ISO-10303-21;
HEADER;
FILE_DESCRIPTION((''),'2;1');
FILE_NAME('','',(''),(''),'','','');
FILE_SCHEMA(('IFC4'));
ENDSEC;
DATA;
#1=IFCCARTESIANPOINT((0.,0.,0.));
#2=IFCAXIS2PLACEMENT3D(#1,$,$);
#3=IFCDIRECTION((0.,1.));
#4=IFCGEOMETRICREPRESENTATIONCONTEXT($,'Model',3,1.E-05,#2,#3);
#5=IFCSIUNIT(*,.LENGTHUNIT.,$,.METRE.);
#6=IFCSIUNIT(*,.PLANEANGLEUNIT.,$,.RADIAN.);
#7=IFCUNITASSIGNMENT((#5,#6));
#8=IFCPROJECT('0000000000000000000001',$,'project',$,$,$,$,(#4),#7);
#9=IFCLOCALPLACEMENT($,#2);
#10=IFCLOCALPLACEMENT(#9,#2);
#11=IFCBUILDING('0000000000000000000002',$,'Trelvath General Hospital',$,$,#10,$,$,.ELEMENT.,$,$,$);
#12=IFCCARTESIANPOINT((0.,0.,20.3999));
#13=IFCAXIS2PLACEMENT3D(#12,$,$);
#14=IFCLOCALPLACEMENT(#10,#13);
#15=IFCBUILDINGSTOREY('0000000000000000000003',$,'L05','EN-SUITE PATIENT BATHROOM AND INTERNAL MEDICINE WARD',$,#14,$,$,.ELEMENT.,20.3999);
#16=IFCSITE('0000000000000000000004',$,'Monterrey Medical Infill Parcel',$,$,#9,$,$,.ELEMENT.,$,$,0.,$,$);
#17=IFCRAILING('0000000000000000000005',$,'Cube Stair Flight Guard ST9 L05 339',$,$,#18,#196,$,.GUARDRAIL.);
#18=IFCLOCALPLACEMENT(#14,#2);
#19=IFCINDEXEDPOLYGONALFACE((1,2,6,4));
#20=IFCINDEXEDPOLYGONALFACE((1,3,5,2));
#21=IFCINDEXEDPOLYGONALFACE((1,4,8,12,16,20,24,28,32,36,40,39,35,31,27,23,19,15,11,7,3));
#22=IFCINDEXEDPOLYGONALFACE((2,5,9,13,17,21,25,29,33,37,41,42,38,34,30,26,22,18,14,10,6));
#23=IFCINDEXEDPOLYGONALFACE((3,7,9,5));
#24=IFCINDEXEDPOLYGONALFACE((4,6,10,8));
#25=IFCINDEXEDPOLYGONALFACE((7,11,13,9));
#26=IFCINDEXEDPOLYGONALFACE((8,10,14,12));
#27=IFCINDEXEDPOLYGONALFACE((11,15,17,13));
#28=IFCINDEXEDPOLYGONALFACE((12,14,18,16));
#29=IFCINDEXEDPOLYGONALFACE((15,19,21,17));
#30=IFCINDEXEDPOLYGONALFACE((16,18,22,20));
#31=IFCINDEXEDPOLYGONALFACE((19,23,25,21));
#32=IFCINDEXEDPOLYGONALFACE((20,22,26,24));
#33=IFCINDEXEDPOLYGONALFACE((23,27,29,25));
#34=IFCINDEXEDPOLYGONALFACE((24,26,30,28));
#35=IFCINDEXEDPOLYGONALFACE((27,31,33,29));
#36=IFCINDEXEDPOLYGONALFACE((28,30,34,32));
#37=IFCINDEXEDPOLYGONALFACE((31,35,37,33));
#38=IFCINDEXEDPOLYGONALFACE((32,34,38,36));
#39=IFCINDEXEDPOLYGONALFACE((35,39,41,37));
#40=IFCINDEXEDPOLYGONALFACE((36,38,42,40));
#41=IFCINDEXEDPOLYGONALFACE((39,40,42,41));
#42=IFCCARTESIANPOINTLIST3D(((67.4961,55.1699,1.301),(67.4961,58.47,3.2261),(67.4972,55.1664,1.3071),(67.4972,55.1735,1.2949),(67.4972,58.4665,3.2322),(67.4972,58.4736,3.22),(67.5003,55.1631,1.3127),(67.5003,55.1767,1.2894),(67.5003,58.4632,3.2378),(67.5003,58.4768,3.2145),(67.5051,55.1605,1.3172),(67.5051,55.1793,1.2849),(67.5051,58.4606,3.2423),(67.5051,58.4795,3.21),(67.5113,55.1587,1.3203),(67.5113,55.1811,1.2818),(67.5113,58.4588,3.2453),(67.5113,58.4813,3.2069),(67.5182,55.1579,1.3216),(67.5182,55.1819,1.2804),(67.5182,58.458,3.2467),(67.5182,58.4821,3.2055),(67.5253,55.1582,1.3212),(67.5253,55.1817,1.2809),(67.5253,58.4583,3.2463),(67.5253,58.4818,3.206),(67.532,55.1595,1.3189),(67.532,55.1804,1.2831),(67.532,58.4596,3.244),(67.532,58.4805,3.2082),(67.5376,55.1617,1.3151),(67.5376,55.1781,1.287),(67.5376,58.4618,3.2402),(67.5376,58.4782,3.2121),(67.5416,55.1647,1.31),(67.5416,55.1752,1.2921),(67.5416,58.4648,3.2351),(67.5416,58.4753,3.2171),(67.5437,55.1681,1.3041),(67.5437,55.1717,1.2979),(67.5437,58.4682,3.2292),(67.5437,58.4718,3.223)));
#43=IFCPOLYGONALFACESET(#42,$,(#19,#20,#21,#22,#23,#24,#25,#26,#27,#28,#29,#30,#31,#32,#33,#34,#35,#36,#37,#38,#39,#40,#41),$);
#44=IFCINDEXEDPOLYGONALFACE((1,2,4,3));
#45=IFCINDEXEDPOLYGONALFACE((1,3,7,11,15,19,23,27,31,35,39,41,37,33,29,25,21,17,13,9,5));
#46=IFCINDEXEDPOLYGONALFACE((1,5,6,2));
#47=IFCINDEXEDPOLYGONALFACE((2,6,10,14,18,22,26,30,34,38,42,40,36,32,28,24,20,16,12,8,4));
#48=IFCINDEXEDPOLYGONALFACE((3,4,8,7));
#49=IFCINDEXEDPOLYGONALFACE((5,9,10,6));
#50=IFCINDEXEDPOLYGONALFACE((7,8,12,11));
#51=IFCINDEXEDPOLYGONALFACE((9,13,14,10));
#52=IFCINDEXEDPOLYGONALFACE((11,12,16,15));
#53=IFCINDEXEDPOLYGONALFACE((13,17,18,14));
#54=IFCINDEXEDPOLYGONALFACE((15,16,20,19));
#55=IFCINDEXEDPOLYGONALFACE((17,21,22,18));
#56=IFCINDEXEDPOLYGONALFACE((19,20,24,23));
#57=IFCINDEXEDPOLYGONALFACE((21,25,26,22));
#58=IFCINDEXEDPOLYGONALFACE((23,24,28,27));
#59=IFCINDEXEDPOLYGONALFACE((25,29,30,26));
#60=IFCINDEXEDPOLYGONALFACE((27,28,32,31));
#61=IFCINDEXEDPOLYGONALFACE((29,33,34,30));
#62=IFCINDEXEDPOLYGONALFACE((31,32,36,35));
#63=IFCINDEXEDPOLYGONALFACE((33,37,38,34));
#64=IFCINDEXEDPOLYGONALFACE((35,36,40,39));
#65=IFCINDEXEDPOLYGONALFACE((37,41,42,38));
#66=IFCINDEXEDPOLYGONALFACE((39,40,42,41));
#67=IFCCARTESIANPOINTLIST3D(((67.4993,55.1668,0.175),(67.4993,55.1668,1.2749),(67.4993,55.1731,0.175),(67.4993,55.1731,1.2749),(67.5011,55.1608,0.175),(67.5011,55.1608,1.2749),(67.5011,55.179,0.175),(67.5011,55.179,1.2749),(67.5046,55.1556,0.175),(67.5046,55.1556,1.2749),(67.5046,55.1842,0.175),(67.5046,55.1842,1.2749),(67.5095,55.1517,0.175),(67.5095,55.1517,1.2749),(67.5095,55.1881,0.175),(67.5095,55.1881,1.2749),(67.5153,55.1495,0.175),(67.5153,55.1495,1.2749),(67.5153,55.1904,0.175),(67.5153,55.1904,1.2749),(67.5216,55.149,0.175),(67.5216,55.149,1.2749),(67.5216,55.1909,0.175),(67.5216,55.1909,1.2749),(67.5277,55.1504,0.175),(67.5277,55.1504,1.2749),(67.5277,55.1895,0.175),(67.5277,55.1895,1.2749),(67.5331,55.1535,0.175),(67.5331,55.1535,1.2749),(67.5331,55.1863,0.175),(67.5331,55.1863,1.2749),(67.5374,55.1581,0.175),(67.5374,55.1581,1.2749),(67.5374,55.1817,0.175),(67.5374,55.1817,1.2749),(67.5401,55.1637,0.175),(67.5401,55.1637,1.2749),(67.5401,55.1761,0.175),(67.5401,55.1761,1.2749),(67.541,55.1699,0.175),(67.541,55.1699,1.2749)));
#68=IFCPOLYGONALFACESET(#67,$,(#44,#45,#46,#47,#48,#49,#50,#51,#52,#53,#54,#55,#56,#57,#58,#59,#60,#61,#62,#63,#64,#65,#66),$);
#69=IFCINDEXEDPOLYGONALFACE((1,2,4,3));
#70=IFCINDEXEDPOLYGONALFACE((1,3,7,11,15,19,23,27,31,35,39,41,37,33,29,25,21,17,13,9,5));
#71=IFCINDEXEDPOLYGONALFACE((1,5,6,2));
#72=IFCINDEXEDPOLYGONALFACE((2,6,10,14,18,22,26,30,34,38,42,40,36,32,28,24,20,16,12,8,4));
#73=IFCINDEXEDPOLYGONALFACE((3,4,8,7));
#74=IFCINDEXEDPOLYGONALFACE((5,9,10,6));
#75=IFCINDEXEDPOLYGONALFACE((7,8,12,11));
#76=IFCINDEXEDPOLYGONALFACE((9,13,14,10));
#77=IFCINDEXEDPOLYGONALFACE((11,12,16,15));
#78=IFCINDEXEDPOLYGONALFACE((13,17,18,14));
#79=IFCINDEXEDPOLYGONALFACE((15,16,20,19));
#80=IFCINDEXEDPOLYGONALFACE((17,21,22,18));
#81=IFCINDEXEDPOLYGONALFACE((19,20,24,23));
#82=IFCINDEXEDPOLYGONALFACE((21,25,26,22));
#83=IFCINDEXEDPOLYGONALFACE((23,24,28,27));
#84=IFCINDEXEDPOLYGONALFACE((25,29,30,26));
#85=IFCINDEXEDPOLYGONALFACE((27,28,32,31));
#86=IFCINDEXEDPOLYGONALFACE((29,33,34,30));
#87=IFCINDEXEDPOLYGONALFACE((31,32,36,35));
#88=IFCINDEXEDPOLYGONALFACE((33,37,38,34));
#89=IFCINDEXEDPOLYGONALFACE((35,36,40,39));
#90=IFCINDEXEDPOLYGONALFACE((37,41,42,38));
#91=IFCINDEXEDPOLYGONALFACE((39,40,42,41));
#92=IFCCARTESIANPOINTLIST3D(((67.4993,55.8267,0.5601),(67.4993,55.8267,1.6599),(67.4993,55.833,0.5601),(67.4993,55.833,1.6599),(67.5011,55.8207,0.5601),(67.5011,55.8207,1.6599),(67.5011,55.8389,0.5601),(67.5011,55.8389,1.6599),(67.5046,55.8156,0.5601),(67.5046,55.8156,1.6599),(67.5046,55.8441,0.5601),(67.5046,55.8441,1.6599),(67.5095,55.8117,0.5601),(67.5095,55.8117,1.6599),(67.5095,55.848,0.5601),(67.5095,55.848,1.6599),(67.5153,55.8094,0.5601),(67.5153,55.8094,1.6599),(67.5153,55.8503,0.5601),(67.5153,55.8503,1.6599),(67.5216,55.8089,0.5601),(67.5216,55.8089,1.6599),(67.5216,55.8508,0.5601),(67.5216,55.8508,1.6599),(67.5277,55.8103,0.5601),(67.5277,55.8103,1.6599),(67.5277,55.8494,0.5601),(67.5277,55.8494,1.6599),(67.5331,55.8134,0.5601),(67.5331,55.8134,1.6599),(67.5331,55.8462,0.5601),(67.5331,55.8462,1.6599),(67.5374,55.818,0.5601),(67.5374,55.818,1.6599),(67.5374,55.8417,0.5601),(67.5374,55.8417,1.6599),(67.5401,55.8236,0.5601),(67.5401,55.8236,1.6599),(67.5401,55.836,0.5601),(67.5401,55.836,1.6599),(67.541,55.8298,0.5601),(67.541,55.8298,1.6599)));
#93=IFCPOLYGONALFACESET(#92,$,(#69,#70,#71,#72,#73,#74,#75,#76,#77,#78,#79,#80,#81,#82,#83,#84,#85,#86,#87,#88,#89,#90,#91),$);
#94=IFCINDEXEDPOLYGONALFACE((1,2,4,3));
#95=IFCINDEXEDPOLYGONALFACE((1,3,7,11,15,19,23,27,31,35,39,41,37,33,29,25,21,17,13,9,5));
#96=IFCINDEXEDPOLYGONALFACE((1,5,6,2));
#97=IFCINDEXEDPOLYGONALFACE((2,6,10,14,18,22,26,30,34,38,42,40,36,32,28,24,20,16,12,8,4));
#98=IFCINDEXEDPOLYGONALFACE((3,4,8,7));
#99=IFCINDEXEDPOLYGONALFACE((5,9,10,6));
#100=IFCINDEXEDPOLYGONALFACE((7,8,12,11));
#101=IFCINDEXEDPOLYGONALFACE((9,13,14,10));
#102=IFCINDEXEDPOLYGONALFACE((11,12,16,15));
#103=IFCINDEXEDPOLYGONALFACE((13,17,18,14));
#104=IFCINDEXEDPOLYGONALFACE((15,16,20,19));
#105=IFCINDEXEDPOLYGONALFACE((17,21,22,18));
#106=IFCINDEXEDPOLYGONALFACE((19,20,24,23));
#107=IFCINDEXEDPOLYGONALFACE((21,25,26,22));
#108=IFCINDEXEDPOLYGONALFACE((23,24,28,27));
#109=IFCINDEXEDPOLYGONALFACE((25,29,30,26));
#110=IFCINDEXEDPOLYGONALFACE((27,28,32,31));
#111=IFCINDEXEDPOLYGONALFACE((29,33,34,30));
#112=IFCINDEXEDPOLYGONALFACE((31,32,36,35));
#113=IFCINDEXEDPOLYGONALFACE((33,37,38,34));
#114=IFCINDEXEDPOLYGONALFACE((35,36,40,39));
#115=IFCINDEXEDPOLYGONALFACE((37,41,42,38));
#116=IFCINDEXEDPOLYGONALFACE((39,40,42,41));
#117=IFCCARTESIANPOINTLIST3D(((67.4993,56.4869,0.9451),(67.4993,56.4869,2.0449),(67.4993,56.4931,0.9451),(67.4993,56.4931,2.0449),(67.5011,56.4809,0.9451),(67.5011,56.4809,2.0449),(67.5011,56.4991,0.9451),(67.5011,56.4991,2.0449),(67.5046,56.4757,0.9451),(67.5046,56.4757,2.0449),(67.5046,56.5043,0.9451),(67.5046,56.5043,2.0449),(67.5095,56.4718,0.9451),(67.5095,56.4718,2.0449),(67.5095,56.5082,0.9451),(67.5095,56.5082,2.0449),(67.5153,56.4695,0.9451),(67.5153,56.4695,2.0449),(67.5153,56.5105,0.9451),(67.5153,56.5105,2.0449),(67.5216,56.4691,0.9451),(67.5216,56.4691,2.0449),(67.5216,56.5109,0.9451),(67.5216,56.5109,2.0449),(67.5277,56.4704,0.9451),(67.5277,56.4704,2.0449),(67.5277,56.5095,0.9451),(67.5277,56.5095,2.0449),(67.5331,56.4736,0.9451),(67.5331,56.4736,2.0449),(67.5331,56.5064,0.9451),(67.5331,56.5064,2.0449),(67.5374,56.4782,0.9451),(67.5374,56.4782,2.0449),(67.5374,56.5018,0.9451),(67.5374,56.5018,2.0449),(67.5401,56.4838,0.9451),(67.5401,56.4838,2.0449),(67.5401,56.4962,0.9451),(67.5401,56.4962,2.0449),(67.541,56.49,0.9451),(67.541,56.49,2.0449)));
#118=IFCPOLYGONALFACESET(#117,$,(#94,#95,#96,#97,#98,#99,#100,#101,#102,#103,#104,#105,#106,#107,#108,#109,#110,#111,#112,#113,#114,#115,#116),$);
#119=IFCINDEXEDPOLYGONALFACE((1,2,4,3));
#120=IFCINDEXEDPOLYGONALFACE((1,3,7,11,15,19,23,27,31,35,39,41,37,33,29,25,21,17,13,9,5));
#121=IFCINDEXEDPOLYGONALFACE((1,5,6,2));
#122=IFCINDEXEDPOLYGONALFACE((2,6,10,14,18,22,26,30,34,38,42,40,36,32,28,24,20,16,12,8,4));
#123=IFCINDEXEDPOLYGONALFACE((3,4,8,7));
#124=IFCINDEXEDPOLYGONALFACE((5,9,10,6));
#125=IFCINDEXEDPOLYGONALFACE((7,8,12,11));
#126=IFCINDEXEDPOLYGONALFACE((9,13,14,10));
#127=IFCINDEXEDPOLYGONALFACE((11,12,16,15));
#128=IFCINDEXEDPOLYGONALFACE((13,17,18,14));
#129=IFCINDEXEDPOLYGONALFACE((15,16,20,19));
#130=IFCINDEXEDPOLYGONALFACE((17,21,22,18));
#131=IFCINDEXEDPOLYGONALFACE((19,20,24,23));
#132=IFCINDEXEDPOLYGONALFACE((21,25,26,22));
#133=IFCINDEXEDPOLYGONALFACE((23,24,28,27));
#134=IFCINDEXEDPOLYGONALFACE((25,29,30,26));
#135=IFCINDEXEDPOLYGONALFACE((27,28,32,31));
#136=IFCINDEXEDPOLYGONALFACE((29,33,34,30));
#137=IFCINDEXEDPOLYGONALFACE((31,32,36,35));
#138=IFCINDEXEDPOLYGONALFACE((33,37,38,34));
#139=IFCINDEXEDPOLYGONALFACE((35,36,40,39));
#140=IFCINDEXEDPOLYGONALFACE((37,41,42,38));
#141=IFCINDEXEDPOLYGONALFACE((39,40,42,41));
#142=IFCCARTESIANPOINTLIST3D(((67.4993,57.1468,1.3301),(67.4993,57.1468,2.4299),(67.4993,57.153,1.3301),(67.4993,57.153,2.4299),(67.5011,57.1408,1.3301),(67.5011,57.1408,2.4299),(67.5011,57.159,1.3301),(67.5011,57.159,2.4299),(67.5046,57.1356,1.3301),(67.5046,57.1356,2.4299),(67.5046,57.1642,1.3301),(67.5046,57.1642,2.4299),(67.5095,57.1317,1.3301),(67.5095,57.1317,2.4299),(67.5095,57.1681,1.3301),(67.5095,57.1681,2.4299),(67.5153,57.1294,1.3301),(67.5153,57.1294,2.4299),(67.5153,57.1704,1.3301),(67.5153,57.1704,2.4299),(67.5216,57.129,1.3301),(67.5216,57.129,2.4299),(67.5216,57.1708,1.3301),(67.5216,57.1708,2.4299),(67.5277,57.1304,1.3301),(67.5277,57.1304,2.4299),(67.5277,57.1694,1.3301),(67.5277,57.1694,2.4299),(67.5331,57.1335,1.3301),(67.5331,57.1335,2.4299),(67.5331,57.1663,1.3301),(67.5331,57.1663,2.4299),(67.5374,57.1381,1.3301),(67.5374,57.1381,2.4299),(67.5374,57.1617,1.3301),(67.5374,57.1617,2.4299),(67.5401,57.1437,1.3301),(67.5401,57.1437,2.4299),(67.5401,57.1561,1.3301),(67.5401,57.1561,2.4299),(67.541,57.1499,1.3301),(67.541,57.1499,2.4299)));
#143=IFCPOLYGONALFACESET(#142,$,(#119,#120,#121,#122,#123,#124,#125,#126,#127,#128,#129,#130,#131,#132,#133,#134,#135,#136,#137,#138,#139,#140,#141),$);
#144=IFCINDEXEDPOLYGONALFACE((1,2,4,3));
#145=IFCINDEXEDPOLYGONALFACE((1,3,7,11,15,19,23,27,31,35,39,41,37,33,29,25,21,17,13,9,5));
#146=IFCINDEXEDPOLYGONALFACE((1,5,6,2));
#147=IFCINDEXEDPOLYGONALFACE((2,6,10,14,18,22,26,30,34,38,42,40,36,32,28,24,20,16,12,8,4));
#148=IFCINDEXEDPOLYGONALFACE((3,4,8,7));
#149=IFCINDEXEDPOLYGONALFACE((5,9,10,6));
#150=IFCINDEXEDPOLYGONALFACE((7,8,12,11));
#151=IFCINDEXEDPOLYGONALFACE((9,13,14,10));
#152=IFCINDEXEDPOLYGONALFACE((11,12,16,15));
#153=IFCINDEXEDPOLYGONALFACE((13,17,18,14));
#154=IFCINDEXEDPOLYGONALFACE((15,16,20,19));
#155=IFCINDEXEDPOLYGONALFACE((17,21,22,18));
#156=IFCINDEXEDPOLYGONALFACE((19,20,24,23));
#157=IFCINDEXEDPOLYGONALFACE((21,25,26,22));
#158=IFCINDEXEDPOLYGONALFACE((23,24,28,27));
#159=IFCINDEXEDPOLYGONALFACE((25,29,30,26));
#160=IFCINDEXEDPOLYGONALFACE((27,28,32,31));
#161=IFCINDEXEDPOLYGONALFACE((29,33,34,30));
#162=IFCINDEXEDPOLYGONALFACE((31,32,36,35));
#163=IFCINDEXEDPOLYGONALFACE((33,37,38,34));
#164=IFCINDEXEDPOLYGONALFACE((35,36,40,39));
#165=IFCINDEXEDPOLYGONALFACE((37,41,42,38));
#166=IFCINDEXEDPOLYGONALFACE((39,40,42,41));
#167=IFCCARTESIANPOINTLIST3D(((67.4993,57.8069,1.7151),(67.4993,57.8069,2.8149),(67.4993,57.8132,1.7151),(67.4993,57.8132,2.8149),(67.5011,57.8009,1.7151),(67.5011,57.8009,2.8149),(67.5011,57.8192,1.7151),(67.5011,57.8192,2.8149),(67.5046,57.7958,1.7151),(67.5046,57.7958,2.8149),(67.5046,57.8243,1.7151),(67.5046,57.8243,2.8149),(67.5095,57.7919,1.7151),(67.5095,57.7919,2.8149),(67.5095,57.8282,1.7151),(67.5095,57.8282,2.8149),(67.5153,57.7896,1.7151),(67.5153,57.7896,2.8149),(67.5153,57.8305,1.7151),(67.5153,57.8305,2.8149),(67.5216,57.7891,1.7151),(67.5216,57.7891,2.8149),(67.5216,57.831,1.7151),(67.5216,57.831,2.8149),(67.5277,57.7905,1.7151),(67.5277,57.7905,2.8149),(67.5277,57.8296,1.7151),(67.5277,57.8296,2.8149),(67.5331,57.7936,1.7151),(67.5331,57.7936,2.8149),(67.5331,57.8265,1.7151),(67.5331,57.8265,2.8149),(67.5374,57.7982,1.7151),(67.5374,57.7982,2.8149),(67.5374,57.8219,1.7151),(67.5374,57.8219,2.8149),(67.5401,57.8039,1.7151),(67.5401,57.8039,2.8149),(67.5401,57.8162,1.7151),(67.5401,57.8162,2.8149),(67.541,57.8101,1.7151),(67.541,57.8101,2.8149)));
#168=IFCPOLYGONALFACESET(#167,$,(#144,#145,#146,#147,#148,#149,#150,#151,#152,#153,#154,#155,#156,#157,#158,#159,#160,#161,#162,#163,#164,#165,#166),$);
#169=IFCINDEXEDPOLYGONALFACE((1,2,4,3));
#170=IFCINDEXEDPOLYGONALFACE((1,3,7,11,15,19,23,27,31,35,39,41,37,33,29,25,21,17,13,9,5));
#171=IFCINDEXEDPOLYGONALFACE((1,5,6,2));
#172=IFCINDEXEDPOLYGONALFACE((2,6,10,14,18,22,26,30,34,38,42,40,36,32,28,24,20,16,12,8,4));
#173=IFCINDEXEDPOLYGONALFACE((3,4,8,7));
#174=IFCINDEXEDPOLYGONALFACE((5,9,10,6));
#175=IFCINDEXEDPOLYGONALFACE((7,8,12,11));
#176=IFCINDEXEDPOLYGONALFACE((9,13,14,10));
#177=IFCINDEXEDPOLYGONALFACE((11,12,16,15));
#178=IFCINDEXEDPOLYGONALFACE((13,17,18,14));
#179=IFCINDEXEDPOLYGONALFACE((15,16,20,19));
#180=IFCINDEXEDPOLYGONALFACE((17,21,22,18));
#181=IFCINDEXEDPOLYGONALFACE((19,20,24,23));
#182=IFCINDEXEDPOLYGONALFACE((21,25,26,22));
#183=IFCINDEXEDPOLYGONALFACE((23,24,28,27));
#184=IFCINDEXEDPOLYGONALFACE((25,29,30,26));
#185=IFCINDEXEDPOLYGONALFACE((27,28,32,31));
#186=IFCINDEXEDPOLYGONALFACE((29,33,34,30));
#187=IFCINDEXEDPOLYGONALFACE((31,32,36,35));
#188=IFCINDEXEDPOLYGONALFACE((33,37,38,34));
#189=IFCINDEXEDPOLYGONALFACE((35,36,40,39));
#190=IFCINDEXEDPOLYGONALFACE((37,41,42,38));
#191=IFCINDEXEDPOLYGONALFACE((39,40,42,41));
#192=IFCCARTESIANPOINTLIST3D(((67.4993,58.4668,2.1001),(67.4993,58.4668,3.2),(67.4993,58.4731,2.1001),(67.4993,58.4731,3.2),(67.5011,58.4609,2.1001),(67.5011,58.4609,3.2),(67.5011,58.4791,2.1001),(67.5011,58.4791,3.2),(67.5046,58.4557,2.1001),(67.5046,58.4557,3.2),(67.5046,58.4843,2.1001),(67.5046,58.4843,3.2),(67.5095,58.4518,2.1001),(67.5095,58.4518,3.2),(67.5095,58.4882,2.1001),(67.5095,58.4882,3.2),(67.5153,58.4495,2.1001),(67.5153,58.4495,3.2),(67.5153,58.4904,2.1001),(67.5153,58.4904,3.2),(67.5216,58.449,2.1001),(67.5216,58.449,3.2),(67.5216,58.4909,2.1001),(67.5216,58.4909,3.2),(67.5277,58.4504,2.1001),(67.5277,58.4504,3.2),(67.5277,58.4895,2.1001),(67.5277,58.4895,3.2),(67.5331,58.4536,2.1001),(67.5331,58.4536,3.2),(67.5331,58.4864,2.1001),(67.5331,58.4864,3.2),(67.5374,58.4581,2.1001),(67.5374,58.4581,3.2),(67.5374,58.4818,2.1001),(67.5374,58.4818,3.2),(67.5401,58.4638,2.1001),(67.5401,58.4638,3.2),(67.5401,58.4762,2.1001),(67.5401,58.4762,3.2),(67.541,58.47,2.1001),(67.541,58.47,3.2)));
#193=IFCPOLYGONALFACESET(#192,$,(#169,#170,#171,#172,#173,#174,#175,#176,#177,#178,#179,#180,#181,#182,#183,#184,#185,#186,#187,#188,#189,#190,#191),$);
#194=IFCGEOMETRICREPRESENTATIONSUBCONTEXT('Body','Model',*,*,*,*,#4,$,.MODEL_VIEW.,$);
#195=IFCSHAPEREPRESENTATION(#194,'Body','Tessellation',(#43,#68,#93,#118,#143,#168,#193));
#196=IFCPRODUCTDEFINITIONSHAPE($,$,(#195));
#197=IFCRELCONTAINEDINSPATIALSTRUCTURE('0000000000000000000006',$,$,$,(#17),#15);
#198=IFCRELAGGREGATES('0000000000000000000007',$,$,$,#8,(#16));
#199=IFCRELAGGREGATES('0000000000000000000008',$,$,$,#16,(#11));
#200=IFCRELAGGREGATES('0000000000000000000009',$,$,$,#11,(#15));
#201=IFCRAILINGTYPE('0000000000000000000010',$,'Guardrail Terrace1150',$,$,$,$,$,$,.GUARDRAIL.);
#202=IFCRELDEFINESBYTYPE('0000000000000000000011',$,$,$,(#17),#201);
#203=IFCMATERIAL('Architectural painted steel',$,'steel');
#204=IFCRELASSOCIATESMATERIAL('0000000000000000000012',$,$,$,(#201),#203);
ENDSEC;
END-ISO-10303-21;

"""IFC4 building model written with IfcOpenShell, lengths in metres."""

from ifc_helpers import new_model, si_unit, direction, frame, origin, origin_2d, place, context, subcontext, project, spatial, circle, extrude, material, type_object, element, save


model = new_model("IFC4")

# Units and contexts
model_context = context("Model", 3, precision=1e-05, world=origin(), true_north=direction((0.0, 1.0)))
body_context = subcontext(model_context, "Body", "Model", "MODEL_VIEW")
ifc_project = project(units=[si_unit("LENGTHUNIT", "METRE"), si_unit("PLANEANGLEUNIT", "RADIAN")], contexts=[model_context])

# Site, building, storey
site_placement = place(None, origin())
site = spatial("IfcSite", under=ifc_project, at=site_placement, Name="Monterrey Medical Infill Parcel", CompositionType="ELEMENT", RefElevation=0.0)
building_placement = place(site_placement, origin())
building = spatial("IfcBuilding", under=site, at=building_placement, Name="Trelvath General Hospital", CompositionType="ELEMENT")
storey_placement = place(building_placement, frame((0.0, 0.0, 20.3999)))
storey = spatial("IfcBuildingStorey", under=building, at=storey_placement, Name="L05", Description="EN-SUITE PATIENT BATHROOM AND INTERNAL MEDICINE WARD", CompositionType="ELEMENT", Elevation=20.3999)

# Railing
ifc_material_1 = material(Name="Architectural painted steel", Category="steel")
railing_type_1 = type_object("IfcRailingType", Name="Guardrail Terrace1150", PredefinedType="GUARDRAIL", material=ifc_material_1)
for number, where, name in (
    (1, (67.52, 55.1699, 0.175), "Cube Stair Flight Guard ST9 L05 339"),
):
    element("IfcRailing", number, at=place(storey_placement, frame(where)), inside=storey, type_object=railing_type_1, Name=name, PredefinedType="GUARDRAIL", context=body_context, shape_type="SweptSolid", body=[
        extrude(circle(Radius=0.0239, at=origin_2d()), frame((0.0, 0.0, 1.126), z_axis=(0.0, 0.863777, 0.503875), x_axis=(-1.0, 0.0, 0.0)), (0.0, 0.0, 1.0), 3.8206),
        extrude(circle(Radius=0.021, at=origin_2d()), origin(), (0.0, 0.0, 1.0), 1.0999),
        extrude(circle(Radius=0.021, at=origin_2d()), frame((0.0, 0.6599, 0.385)), (0.0, 0.0, 1.0), 1.0999),
        extrude(circle(Radius=0.021, at=origin_2d()), frame((0.0, 1.3201, 0.77)), (0.0, 0.0, 1.0), 1.0999),
        extrude(circle(Radius=0.021, at=origin_2d()), frame((0.0, 1.98, 1.155)), (0.0, 0.0, 1.0), 1.0999),
        extrude(circle(Radius=0.021, at=origin_2d()), frame((0.0, 2.6401, 1.54)), (0.0, 0.0, 1.0), 1.0999),
        extrude(circle(Radius=0.021, at=origin_2d()), frame((0.0, 3.3, 1.925)), (0.0, 0.0, 1.0), 1.0999),
    ])

save(model, "model.ifc")
